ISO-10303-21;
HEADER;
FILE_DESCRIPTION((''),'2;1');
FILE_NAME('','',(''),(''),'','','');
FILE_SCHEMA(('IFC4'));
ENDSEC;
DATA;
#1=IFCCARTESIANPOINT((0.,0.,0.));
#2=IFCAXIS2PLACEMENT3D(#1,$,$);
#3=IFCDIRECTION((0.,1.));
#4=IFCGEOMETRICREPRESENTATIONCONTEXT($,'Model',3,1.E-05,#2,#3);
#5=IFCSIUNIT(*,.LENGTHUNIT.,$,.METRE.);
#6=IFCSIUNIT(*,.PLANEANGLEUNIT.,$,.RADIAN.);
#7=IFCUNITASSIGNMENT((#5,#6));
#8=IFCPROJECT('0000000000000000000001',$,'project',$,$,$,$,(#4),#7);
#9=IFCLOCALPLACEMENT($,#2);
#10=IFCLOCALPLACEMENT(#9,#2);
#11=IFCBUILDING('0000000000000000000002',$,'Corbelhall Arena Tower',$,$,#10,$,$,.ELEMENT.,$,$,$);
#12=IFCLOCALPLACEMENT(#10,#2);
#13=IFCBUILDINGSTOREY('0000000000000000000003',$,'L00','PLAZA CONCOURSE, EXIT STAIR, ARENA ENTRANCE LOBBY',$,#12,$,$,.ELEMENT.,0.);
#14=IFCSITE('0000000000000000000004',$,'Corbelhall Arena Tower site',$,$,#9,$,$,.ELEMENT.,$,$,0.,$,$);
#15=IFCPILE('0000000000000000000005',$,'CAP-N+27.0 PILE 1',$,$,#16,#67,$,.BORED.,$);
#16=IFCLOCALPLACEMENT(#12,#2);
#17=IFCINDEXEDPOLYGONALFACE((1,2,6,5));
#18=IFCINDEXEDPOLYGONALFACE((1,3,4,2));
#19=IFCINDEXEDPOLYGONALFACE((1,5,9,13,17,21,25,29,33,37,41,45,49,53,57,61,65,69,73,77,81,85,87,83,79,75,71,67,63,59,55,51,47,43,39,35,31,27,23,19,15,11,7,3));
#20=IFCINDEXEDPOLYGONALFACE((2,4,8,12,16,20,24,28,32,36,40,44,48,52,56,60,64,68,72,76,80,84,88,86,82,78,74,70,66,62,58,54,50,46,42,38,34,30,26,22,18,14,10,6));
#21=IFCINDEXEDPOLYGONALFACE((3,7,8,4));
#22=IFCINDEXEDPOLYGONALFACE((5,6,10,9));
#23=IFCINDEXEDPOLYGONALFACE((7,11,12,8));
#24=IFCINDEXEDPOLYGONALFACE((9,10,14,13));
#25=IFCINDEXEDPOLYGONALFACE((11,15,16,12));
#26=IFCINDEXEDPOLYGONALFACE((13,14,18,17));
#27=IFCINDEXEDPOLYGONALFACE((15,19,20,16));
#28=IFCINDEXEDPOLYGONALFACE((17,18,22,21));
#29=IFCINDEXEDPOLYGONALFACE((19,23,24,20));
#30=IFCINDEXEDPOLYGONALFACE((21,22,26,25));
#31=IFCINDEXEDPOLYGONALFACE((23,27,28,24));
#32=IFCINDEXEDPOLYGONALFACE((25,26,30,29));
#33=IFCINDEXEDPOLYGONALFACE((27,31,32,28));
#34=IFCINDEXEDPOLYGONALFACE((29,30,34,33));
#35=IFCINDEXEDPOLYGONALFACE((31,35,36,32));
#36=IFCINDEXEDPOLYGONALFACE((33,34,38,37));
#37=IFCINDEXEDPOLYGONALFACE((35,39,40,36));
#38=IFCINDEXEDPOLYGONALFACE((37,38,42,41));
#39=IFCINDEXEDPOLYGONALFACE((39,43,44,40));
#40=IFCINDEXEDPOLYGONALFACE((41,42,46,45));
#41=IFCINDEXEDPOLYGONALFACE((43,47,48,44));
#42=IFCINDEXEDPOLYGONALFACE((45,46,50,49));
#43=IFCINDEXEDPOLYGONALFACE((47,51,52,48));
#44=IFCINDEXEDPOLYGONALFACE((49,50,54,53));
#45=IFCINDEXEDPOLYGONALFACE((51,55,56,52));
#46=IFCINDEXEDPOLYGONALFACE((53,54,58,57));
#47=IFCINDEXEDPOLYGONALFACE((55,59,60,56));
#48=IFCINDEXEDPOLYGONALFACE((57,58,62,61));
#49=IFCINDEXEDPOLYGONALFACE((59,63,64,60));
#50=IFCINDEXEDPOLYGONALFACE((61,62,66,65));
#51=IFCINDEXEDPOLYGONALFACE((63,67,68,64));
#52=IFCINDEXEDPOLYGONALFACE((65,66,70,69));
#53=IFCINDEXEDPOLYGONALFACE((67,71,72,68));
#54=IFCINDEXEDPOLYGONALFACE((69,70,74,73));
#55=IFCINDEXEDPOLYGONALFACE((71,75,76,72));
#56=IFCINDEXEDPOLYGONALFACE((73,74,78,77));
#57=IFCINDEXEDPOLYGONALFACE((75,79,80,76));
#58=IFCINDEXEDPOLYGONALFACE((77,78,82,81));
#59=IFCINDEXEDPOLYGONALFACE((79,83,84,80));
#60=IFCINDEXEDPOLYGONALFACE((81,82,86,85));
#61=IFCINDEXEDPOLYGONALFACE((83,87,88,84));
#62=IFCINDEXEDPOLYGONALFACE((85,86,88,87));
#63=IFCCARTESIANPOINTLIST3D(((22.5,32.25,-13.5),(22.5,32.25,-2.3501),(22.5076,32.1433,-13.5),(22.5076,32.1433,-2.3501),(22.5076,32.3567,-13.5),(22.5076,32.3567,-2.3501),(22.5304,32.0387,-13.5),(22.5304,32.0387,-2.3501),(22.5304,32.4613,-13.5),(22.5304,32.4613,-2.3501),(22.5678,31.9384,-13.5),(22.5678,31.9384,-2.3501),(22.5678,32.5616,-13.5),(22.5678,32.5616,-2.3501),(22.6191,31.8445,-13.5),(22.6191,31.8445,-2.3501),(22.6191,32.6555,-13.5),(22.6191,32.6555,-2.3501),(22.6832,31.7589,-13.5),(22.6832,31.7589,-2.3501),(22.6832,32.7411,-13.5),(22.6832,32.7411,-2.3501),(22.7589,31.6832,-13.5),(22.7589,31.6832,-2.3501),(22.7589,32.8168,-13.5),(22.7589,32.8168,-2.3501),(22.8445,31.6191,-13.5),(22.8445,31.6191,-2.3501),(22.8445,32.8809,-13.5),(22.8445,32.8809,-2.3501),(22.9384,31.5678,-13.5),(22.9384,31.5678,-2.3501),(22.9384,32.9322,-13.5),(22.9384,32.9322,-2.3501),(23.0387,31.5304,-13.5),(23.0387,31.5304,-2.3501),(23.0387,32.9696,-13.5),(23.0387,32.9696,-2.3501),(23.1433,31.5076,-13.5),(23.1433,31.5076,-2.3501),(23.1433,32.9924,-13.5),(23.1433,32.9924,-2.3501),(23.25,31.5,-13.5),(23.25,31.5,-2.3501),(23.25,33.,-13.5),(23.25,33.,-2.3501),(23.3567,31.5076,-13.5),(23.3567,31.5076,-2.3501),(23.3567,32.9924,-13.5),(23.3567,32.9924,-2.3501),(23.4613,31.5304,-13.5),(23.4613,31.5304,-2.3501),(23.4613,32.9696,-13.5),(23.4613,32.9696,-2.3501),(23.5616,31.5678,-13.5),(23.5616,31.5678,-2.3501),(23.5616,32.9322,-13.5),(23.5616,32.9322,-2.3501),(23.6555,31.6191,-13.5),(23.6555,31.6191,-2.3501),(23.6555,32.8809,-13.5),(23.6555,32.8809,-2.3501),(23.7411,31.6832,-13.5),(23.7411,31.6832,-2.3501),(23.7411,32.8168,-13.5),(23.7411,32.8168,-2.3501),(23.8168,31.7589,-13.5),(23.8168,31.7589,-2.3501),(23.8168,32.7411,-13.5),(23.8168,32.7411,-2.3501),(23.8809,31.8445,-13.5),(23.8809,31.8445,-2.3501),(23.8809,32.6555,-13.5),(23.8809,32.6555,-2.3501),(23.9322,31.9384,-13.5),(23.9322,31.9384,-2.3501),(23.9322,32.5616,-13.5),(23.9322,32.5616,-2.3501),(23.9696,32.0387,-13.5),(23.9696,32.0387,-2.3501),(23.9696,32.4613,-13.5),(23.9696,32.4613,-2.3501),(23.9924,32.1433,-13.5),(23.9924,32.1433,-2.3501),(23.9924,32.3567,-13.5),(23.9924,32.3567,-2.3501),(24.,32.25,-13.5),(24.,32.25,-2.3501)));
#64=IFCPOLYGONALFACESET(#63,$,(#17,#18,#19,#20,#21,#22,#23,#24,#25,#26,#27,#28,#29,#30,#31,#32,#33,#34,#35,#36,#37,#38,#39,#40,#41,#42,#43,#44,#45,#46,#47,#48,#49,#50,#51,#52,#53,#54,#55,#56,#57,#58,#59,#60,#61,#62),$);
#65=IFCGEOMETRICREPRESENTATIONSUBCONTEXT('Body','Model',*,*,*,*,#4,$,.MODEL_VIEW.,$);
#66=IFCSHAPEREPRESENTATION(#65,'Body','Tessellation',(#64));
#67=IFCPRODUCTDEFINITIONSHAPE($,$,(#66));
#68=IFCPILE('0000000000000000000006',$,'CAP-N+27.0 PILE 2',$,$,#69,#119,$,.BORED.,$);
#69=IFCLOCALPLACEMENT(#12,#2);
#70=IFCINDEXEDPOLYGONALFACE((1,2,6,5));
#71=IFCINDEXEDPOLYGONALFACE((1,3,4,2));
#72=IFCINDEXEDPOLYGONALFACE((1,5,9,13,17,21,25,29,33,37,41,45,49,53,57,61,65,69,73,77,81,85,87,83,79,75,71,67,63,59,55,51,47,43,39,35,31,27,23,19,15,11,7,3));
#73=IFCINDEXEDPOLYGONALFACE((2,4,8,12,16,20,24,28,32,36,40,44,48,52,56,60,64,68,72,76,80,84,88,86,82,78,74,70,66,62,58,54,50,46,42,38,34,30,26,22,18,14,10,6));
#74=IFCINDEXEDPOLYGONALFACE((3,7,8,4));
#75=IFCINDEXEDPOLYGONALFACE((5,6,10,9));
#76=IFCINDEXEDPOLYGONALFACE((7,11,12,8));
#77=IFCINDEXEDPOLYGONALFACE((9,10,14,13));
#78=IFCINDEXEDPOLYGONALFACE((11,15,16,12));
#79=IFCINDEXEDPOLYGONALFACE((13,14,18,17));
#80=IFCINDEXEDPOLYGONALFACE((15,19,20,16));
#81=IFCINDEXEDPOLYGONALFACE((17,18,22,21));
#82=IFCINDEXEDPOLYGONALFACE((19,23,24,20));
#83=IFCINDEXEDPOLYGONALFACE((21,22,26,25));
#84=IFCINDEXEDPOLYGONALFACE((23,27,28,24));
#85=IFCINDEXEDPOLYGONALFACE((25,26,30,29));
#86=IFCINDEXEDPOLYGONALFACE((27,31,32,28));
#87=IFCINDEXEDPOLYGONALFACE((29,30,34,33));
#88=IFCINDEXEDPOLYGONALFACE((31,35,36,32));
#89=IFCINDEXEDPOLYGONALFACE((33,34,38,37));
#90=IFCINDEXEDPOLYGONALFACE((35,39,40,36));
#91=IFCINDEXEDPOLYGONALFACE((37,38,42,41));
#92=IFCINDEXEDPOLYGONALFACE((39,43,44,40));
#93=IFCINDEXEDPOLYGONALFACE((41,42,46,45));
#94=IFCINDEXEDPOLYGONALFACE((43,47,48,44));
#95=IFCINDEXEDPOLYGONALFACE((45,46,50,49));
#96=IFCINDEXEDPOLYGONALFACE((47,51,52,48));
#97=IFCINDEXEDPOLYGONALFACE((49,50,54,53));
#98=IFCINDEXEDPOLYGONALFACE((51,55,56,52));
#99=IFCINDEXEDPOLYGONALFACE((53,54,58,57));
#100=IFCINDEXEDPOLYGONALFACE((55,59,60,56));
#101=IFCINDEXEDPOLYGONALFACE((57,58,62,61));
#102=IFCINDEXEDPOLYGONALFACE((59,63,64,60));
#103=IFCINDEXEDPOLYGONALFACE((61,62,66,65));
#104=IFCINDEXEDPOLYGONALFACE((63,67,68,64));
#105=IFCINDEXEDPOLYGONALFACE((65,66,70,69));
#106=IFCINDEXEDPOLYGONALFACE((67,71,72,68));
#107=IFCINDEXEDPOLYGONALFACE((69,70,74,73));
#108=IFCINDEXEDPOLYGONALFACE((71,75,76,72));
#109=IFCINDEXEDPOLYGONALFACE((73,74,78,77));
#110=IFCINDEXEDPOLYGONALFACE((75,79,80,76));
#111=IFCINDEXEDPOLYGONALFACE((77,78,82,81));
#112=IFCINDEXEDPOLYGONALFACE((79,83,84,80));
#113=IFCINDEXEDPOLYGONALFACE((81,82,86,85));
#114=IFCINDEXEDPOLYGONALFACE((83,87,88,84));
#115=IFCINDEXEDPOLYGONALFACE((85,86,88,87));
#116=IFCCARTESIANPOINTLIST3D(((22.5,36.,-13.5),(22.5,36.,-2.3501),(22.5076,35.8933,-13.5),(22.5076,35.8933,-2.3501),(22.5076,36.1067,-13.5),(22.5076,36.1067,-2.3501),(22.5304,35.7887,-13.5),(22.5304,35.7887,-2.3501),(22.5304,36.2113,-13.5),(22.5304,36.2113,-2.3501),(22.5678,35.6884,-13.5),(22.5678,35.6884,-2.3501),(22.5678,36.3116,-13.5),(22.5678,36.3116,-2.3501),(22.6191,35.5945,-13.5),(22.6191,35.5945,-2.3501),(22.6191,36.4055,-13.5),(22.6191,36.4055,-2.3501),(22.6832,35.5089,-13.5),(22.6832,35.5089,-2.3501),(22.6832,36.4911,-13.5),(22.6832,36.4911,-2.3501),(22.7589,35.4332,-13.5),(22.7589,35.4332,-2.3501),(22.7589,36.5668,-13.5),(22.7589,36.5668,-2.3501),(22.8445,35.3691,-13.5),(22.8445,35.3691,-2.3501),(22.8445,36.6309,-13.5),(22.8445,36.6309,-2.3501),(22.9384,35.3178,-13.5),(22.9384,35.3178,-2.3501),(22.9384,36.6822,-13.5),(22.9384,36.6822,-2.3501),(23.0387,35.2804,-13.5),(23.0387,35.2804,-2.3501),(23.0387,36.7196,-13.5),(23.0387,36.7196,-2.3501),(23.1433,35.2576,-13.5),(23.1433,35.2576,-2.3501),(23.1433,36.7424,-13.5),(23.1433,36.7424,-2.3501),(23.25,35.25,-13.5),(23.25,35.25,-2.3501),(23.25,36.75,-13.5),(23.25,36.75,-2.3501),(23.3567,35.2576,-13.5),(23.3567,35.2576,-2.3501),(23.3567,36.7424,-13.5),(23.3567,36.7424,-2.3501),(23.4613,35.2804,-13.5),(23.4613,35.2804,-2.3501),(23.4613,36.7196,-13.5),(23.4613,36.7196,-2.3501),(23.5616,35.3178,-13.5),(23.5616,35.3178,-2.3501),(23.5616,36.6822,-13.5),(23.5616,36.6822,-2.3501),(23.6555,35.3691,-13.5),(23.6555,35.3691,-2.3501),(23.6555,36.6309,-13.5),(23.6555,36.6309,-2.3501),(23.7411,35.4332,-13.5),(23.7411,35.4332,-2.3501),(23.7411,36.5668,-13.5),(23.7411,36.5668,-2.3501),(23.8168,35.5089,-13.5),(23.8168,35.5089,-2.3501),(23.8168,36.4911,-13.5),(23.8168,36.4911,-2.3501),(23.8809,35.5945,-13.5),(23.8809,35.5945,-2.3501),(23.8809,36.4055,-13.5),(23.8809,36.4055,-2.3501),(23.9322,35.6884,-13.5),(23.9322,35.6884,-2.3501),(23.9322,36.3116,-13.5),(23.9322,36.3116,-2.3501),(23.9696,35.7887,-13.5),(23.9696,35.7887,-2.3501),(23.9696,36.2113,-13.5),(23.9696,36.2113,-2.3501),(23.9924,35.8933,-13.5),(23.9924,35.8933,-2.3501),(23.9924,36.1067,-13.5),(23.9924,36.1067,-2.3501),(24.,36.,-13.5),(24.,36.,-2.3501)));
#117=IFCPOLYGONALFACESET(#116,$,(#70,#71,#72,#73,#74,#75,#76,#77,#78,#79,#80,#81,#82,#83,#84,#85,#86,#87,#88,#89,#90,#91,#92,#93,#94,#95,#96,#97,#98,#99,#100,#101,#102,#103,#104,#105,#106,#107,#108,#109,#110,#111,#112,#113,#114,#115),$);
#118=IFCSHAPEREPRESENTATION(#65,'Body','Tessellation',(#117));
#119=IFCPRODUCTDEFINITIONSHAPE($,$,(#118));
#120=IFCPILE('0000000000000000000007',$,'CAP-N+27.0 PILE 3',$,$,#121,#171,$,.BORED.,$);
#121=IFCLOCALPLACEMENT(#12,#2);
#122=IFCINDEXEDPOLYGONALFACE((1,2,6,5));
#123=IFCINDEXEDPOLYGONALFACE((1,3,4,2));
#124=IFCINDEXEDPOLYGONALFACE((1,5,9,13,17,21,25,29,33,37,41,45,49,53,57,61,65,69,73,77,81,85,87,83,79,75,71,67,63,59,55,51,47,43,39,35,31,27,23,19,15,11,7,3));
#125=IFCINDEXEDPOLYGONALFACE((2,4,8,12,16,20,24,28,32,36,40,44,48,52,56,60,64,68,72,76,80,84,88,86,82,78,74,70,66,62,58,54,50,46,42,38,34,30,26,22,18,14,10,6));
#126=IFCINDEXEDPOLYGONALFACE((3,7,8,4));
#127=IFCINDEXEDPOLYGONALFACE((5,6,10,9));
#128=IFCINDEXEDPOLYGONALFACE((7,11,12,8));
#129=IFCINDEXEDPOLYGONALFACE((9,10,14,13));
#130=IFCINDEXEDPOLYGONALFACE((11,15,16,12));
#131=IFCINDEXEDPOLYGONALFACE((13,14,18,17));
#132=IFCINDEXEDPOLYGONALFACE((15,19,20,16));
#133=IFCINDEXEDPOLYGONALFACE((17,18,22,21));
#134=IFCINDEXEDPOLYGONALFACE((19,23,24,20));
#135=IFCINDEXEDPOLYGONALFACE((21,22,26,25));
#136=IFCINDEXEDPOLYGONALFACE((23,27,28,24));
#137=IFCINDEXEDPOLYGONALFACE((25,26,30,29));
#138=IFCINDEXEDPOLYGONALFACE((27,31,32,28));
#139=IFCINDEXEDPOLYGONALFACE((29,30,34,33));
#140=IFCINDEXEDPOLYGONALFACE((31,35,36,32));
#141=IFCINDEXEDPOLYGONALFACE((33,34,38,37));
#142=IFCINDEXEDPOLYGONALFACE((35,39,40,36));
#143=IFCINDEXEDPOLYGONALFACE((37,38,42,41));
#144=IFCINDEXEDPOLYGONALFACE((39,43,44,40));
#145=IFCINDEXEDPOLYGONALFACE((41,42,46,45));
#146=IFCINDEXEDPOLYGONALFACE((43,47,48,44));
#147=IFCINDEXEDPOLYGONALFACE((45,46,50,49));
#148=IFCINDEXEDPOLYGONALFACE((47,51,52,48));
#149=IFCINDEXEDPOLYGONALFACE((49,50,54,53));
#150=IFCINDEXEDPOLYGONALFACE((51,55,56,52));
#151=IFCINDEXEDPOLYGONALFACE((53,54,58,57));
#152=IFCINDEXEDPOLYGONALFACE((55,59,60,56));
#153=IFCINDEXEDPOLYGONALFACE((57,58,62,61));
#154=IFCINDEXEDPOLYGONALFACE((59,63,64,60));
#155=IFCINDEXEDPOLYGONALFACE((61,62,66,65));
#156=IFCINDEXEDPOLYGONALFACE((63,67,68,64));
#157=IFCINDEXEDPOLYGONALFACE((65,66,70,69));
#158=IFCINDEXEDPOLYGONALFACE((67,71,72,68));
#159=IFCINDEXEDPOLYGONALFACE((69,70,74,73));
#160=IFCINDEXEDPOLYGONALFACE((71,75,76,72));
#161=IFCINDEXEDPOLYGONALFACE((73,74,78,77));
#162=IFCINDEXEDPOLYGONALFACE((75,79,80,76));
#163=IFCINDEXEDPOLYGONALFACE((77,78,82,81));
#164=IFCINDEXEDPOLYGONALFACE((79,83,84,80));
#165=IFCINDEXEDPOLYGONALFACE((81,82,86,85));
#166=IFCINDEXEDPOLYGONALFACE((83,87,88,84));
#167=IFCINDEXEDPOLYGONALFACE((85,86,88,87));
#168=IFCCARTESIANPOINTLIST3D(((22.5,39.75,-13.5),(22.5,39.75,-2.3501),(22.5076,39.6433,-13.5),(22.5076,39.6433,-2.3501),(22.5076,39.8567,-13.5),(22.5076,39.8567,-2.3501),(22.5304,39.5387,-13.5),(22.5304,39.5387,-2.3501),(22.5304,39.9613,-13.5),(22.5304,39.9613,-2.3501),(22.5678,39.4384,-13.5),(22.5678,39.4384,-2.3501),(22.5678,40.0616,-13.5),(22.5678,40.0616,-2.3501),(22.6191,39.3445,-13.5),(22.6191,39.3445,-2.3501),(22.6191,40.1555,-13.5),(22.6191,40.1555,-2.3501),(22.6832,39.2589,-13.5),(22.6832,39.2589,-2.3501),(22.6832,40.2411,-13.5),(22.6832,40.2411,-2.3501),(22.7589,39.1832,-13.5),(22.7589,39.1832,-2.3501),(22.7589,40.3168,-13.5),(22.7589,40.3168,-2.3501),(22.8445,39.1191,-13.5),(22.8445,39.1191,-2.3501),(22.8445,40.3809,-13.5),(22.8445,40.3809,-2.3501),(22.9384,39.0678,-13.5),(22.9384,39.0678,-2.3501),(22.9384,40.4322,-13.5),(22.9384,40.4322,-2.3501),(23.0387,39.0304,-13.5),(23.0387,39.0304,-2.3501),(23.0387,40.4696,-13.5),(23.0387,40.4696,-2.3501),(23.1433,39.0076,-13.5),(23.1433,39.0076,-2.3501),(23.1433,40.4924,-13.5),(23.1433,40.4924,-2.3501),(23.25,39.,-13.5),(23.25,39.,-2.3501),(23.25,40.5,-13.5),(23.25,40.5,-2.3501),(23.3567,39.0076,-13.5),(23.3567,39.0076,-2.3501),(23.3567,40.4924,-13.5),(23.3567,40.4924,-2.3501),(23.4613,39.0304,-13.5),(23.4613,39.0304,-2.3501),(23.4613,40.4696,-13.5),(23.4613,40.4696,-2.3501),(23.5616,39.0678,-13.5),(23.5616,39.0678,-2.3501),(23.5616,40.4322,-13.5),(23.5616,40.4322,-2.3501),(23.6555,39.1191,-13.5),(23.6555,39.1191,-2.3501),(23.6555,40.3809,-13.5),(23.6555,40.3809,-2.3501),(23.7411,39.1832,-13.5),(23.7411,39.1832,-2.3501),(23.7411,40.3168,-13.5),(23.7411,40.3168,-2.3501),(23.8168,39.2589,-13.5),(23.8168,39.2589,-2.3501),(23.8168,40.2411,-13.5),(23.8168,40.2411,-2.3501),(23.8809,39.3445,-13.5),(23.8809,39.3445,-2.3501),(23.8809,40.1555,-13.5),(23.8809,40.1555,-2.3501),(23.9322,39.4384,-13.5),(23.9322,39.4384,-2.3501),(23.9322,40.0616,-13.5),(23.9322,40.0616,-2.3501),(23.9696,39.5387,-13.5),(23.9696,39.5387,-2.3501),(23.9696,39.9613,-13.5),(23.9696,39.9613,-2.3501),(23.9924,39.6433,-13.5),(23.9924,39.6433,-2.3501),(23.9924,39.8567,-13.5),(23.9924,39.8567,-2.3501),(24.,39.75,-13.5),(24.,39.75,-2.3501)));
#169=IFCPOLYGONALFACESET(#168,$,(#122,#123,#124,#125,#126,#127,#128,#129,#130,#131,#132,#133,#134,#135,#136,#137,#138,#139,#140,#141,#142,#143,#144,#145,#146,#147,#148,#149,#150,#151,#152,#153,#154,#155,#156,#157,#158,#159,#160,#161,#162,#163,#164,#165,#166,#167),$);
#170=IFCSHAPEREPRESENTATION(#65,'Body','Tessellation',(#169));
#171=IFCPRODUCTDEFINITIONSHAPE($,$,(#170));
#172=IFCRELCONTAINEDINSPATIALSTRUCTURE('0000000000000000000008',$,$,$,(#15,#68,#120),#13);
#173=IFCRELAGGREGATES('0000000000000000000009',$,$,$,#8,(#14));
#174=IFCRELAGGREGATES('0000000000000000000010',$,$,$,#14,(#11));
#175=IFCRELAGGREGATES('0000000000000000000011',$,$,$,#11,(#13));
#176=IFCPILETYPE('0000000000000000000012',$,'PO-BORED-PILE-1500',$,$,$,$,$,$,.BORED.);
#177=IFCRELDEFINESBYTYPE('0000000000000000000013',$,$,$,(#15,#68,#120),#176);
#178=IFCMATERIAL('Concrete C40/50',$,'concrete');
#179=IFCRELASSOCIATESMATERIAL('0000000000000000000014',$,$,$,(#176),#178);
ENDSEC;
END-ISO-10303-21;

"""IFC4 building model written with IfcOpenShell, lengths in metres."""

from ifc_helpers import new_model, si_unit, direction, frame, origin, origin_2d, place, context, subcontext, project, spatial, circle, extrude, material, material_profile, profile_set, type_object, element, save


model = new_model("IFC4")

# Units and contexts
model_context = context("Model", 3, precision=1e-05, world=origin(), true_north=direction((0.0, 1.0)))
body_context = subcontext(model_context, "Body", "Model", "MODEL_VIEW")
ifc_project = project(units=[si_unit("LENGTHUNIT", "METRE"), si_unit("PLANEANGLEUNIT", "RADIAN")], contexts=[model_context])

# Site, building, storey
site_placement = place(None, origin())
site = spatial("IfcSite", under=ifc_project, at=site_placement, Name="Corbelhall Arena Tower site", CompositionType="ELEMENT", RefElevation=0.0)
building_placement = place(site_placement, origin())
building = spatial("IfcBuilding", under=site, at=building_placement, Name="Corbelhall Arena Tower", CompositionType="ELEMENT")
storey_placement = place(building_placement, origin())
storey = spatial("IfcBuildingStorey", under=building, at=storey_placement, Name="L00", Description="PLAZA CONCOURSE, EXIT STAIR, ARENA ENTRANCE LOBBY", CompositionType="ELEMENT", Elevation=0.0)

# Piles
ifc_material_1 = material(Name="Concrete C40/50", Category="concrete")
ifc_material_profile_1 = material_profile(ifc_material_1, circle(Radius=0.75, at=origin_2d()))
ifc_profile_set_1 = profile_set([ifc_material_profile_1], Name="Concrete C40/50")
pile_type = type_object("IfcPileType", Name="PO-BORED-PILE-1500", PredefinedType="BORED", material=ifc_profile_set_1)
for number, where, z_axis, x_axis, name in (
    (1, (23.25, 32.25, -2.3501), (0.0, 0.0, -1.0), (1.0, 0.0, 0.0), "CAP-N+27.0 PILE 1"),
    (2, (23.25, 36.0, -2.3501), (0.0, 0.0, -1.0), (1.0, 0.0, 0.0), "CAP-N+27.0 PILE 2"),
    (3, (23.25, 39.75, -2.3501), (0.0, 0.0, -1.0), (1.0, 0.0, 0.0), "CAP-N+27.0 PILE 3"),
):
    element("IfcPile", number, at=place(storey_placement, frame(where, z_axis=z_axis, x_axis=x_axis)), inside=storey, type_object=pile_type, Name=name, PredefinedType="BORED", context=body_context, shape_type="SweptSolid", body=[
        extrude(circle(Radius=0.75, at=origin_2d()), origin(), (0.0, 0.0, 1.0), 11.1499),
    ])

save(model, "model.ifc")
